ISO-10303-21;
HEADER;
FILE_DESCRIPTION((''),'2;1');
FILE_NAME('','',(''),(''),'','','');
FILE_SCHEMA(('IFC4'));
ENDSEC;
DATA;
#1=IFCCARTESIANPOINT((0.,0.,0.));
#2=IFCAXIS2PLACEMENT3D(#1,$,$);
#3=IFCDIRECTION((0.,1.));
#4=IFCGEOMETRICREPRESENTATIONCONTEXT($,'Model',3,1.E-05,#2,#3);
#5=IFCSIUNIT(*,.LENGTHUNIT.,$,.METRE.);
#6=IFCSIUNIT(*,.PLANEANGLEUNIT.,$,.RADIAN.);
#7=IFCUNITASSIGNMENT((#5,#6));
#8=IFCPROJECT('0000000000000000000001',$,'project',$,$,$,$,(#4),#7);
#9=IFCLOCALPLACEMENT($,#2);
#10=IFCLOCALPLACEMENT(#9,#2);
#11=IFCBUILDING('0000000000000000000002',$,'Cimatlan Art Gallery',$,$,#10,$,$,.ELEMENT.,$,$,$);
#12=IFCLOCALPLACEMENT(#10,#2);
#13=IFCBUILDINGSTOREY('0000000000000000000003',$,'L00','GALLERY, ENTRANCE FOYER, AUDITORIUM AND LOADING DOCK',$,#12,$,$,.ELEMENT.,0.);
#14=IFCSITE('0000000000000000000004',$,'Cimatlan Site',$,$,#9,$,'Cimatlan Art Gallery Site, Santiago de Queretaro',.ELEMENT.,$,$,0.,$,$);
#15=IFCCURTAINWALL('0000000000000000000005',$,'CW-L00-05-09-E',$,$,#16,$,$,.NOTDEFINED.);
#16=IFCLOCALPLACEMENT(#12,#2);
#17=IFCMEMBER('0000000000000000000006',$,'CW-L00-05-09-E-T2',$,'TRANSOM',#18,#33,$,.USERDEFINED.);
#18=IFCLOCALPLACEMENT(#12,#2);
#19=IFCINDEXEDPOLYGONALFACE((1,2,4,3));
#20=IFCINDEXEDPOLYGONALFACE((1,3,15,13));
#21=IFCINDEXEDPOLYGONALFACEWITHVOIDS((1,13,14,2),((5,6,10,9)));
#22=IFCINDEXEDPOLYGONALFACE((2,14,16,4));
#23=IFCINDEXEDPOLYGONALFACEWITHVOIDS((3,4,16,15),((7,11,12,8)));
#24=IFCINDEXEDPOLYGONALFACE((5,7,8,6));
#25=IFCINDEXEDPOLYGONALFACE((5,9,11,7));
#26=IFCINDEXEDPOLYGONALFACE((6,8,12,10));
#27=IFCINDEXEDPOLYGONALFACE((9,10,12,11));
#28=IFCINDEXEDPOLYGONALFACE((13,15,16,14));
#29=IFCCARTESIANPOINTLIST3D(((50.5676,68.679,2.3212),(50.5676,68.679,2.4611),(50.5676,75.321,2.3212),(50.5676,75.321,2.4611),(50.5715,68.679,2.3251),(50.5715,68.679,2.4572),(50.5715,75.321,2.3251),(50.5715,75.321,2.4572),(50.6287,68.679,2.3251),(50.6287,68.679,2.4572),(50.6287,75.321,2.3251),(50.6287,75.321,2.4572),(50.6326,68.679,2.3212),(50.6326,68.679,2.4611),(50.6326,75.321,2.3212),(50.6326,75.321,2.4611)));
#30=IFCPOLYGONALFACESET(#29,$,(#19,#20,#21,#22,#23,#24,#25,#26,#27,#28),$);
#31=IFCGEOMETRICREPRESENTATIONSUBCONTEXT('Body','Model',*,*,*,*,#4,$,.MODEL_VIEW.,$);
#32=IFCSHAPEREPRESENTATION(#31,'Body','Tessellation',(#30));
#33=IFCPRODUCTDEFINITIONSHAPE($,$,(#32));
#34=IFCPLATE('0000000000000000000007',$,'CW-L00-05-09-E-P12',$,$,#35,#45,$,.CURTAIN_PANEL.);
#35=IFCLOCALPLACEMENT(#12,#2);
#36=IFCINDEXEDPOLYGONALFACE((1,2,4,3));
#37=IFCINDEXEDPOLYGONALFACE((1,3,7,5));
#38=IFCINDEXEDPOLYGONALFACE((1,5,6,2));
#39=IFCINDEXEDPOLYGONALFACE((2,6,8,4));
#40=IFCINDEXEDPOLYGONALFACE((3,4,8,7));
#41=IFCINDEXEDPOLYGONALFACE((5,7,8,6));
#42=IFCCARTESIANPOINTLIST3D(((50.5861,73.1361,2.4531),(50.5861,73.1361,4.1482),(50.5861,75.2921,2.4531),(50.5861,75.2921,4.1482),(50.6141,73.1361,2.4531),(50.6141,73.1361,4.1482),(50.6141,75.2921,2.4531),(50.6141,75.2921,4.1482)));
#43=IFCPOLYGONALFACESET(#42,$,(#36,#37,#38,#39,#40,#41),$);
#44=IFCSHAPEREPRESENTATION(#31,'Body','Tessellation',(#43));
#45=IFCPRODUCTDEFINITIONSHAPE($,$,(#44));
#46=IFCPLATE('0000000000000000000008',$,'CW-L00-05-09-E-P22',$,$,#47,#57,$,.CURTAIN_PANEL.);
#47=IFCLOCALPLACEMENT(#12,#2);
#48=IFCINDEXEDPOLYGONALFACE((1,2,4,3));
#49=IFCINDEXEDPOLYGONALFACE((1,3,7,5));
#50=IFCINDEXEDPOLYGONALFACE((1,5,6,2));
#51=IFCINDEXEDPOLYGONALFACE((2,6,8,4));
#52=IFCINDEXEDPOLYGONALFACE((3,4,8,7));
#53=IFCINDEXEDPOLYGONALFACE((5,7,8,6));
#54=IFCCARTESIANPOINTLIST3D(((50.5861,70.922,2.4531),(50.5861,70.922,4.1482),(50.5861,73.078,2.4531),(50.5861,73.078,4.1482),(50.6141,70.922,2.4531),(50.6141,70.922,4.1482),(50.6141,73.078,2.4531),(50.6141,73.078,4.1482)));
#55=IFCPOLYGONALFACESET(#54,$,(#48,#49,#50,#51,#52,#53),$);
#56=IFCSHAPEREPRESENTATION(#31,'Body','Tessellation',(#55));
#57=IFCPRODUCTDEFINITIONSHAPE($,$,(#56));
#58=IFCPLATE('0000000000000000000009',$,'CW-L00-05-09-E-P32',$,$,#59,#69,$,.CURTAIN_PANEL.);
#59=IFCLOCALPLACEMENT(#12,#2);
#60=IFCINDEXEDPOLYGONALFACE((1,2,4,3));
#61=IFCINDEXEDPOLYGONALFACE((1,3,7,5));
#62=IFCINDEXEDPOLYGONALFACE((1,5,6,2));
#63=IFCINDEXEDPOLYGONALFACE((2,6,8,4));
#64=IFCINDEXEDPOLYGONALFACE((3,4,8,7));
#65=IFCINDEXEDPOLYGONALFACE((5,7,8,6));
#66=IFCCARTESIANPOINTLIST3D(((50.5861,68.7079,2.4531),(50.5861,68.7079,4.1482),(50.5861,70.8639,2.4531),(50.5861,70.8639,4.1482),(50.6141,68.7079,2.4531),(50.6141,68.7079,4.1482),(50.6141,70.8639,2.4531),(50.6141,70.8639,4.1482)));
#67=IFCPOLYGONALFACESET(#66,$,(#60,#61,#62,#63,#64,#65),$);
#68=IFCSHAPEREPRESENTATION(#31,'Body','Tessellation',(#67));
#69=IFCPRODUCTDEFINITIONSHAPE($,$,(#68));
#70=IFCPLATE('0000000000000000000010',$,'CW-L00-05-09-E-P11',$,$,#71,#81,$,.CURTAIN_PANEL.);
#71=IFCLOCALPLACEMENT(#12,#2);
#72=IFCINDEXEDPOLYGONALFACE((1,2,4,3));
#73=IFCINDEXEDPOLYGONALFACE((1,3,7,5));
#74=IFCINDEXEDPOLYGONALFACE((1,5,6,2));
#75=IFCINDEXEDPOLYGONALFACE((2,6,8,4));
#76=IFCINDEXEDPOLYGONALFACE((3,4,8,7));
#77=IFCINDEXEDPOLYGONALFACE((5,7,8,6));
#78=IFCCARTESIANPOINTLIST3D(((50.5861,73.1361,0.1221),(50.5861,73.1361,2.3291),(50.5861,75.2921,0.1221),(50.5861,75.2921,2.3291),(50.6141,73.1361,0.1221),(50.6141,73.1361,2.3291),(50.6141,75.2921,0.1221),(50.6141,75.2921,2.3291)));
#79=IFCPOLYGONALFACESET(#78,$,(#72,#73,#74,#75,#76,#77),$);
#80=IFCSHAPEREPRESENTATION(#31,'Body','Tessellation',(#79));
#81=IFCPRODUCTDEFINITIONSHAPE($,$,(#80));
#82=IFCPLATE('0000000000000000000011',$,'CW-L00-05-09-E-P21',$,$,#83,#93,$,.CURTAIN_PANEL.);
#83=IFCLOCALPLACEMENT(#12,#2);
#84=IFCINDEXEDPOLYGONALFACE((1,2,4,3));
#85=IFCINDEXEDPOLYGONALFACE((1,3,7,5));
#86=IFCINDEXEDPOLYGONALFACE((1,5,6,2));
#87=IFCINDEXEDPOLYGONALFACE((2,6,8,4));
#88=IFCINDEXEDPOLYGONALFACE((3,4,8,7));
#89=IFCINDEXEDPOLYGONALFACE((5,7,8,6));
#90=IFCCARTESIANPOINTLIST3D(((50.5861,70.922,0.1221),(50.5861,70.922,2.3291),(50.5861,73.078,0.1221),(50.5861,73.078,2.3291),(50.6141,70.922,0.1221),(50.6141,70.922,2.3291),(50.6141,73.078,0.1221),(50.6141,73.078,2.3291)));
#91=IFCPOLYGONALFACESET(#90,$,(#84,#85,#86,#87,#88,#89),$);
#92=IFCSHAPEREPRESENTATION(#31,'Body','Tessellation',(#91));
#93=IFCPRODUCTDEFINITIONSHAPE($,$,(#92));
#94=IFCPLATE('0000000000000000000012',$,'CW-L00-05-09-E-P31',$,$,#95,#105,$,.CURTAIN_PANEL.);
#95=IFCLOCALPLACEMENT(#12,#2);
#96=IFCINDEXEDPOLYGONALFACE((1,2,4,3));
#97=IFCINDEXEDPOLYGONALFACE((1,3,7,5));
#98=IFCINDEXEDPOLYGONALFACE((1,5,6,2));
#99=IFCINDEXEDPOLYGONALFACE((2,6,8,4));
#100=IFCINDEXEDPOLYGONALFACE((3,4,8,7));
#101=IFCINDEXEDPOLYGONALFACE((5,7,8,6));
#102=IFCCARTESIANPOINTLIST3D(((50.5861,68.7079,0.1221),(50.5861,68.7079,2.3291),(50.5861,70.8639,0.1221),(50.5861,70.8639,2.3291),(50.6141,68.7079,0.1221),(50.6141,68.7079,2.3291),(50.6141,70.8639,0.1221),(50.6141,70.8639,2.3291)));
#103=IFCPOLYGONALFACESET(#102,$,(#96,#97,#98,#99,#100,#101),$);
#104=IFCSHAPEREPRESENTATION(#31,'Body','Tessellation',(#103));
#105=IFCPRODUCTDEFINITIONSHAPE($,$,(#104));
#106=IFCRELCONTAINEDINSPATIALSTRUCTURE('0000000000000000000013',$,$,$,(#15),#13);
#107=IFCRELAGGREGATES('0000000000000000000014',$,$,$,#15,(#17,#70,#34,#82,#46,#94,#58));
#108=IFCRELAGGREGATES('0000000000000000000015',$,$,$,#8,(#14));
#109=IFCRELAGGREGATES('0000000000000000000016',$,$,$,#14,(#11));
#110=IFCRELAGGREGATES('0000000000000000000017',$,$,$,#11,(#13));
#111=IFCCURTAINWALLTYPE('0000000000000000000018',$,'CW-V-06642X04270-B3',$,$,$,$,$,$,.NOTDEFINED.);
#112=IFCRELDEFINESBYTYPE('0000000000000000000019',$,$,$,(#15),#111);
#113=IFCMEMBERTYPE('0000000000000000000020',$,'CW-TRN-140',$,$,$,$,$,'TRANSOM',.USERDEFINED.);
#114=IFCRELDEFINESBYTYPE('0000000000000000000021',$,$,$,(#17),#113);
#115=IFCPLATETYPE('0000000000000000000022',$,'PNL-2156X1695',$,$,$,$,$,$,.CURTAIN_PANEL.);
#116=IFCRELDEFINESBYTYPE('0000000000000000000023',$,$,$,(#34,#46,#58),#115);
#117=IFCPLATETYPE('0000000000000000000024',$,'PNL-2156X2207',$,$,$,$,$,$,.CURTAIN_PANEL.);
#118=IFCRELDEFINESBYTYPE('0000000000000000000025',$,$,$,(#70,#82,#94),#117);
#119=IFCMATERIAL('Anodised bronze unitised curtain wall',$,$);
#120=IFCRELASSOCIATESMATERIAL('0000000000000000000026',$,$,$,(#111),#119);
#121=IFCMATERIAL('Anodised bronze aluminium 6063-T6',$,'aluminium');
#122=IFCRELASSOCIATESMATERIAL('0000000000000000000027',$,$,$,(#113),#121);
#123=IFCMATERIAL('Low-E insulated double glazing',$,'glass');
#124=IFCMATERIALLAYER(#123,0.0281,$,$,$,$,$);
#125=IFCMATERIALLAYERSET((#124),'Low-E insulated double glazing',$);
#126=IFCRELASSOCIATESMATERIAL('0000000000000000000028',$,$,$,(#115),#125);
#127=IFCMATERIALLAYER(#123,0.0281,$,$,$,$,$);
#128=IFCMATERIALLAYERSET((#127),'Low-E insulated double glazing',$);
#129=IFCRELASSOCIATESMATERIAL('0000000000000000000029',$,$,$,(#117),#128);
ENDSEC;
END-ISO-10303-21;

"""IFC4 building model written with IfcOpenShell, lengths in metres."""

from ifc_helpers import new_model, si_unit, direction, frame, origin, origin_2d, place, context, subcontext, project, spatial, rectangle, hollow_rectangle, extrude, material, layer, layer_set, material_profile, profile_set, type_object, element, aggregate, save


model = new_model("IFC4")

# Units and contexts
model_context = context("Model", 3, precision=1e-05, world=origin(), true_north=direction((0.0, 1.0)))
body_context = subcontext(model_context, "Body", "Model", "MODEL_VIEW")
ifc_project = project(units=[si_unit("LENGTHUNIT", "METRE"), si_unit("PLANEANGLEUNIT", "RADIAN")], contexts=[model_context])

# Site, building, storey
site_placement = place(None, origin())
site = spatial("IfcSite", under=ifc_project, at=site_placement, Name="Cimatlan Site", LongName="Cimatlan Art Gallery Site, Santiago de Queretaro", CompositionType="ELEMENT", RefElevation=0.0)
building_placement = place(site_placement, origin())
building = spatial("IfcBuilding", under=site, at=building_placement, Name="Cimatlan Art Gallery", CompositionType="ELEMENT")
storey_placement = place(building_placement, origin())
storey = spatial("IfcBuildingStorey", under=building, at=storey_placement, Name="L00", Description="GALLERY, ENTRANCE FOYER, AUDITORIUM AND LOADING DOCK", CompositionType="ELEMENT", Elevation=0.0)

# Curtain wall, member, plates
ifc_material_1 = material(Name="Anodised bronze unitised curtain wall")
curtain_wall_type = type_object("IfcCurtainWallType", Name="CW-V-06642X04270-B3", PredefinedType="NOTDEFINED", material=ifc_material_1)
curtain_wall_placement = place(storey_placement, origin())
curtain_wall = element("IfcCurtainWall", 1, at=curtain_wall_placement, inside=storey, type_object=curtain_wall_type, Name="CW-L00-05-09-E", PredefinedType="NOTDEFINED")
ifc_material_2 = material(Name="Anodised bronze aluminium 6063-T6", Category="aluminium")
ifc_material_profile_1 = material_profile(ifc_material_2, hollow_rectangle(XDim=0.0649, YDim=0.1399, WallThickness=0.0039, at=origin_2d()), Name="ALU65X140X4")
ifc_profile_set_1 = profile_set([ifc_material_profile_1], Name="Anodised bronze aluminium 6063-T6")
member_type_1 = type_object("IfcMemberType", Name="CW-TRN-140", ElementType="TRANSOM", PredefinedType="USERDEFINED", material=ifc_profile_set_1)
member_1_placement = place(storey_placement, frame((50.6001, 75.321, 2.3911), z_axis=(0.0, -1.0, 0.0), x_axis=(1.0, 0.0, 0.0)))
member_1 = element("IfcMember", 2, at=member_1_placement, type_object=member_type_1, Name="CW-L00-05-09-E-T2", ObjectType="TRANSOM", PredefinedType="USERDEFINED", context=body_context, shape_type="SweptSolid", body=[
    extrude(hollow_rectangle(XDim=0.0649, YDim=0.1399, WallThickness=0.0039, at=origin_2d()), origin(), (0.0, 0.0, 1.0), 6.6421),
])
ifc_material_3 = material(Name="Low-E insulated double glazing", Category="glass")
ifc_layer_1 = layer(ifc_material_3, 0.0281)
ifc_layer_set_1 = layer_set([ifc_layer_1], Name="Low-E insulated double glazing")
plate_type_1 = type_object("IfcPlateType", Name="PNL-2156X1695", PredefinedType="CURTAIN_PANEL", material=ifc_layer_set_1)
plate_1_placement = place(storey_placement, frame((50.6001, 74.2141, 2.4531), z_axis=(0.0, 0.0, 1.0), x_axis=(0.0, -1.0, 0.0)))
plate_1 = element("IfcPlate", 3, at=plate_1_placement, type_object=plate_type_1, Name="CW-L00-05-09-E-P12", PredefinedType="CURTAIN_PANEL", context=body_context, shape_type="SweptSolid", body=[
    extrude(rectangle(XDim=2.156, YDim=0.0281, at=origin_2d()), origin(), (0.0, 0.0, 1.0), 1.6951),
])
plate_2_placement = place(storey_placement, frame((50.6001, 72.0, 2.4531), z_axis=(0.0, 0.0, 1.0), x_axis=(0.0, -1.0, 0.0)))
plate_2 = element("IfcPlate", 4, at=plate_2_placement, type_object=plate_type_1, Name="CW-L00-05-09-E-P22", PredefinedType="CURTAIN_PANEL", context=body_context, shape_type="SweptSolid", body=[
    extrude(rectangle(XDim=2.156, YDim=0.0281, at=origin_2d()), origin(), (0.0, 0.0, 1.0), 1.6951),
])
plate_3_placement = place(storey_placement, frame((50.6001, 69.7859, 2.4531), z_axis=(0.0, 0.0, 1.0), x_axis=(0.0, -1.0, 0.0)))
plate_3 = element("IfcPlate", 5, at=plate_3_placement, type_object=plate_type_1, Name="CW-L00-05-09-E-P32", PredefinedType="CURTAIN_PANEL", context=body_context, shape_type="SweptSolid", body=[
    extrude(rectangle(XDim=2.156, YDim=0.0281, at=origin_2d()), origin(), (0.0, 0.0, 1.0), 1.6951),
])
ifc_layer_2 = layer(ifc_material_3, 0.0281)
ifc_layer_set_2 = layer_set([ifc_layer_2], Name="Low-E insulated double glazing")
plate_type_2 = type_object("IfcPlateType", Name="PNL-2156X2207", PredefinedType="CURTAIN_PANEL", material=ifc_layer_set_2)
plate_4_placement = place(storey_placement, frame((50.6001, 74.2141, 0.1221), z_axis=(0.0, 0.0, 1.0), x_axis=(0.0, -1.0, 0.0)))
plate_4 = element("IfcPlate", 6, at=plate_4_placement, type_object=plate_type_2, Name="CW-L00-05-09-E-P11", PredefinedType="CURTAIN_PANEL", context=body_context, shape_type="SweptSolid", body=[
    extrude(rectangle(XDim=2.156, YDim=0.0281, at=origin_2d()), origin(), (0.0, 0.0, 1.0), 2.207),
])
plate_5_placement = place(storey_placement, frame((50.6001, 72.0, 0.1221), z_axis=(0.0, 0.0, 1.0), x_axis=(0.0, -1.0, 0.0)))
plate_5 = element("IfcPlate", 7, at=plate_5_placement, type_object=plate_type_2, Name="CW-L00-05-09-E-P21", PredefinedType="CURTAIN_PANEL", context=body_context, shape_type="SweptSolid", body=[
    extrude(rectangle(XDim=2.156, YDim=0.0281, at=origin_2d()), origin(), (0.0, 0.0, 1.0), 2.207),
])
plate_6_placement = place(storey_placement, frame((50.6001, 69.7859, 0.1221), z_axis=(0.0, 0.0, 1.0), x_axis=(0.0, -1.0, 0.0)))
plate_6 = element("IfcPlate", 8, at=plate_6_placement, type_object=plate_type_2, Name="CW-L00-05-09-E-P31", PredefinedType="CURTAIN_PANEL", context=body_context, shape_type="SweptSolid", body=[
    extrude(rectangle(XDim=2.156, YDim=0.0281, at=origin_2d()), origin(), (0.0, 0.0, 1.0), 2.207),
])
aggregate(curtain_wall, [member_1, plate_4, plate_1, plate_5, plate_2, plate_6, plate_3])

save(model, "model.ifc")
